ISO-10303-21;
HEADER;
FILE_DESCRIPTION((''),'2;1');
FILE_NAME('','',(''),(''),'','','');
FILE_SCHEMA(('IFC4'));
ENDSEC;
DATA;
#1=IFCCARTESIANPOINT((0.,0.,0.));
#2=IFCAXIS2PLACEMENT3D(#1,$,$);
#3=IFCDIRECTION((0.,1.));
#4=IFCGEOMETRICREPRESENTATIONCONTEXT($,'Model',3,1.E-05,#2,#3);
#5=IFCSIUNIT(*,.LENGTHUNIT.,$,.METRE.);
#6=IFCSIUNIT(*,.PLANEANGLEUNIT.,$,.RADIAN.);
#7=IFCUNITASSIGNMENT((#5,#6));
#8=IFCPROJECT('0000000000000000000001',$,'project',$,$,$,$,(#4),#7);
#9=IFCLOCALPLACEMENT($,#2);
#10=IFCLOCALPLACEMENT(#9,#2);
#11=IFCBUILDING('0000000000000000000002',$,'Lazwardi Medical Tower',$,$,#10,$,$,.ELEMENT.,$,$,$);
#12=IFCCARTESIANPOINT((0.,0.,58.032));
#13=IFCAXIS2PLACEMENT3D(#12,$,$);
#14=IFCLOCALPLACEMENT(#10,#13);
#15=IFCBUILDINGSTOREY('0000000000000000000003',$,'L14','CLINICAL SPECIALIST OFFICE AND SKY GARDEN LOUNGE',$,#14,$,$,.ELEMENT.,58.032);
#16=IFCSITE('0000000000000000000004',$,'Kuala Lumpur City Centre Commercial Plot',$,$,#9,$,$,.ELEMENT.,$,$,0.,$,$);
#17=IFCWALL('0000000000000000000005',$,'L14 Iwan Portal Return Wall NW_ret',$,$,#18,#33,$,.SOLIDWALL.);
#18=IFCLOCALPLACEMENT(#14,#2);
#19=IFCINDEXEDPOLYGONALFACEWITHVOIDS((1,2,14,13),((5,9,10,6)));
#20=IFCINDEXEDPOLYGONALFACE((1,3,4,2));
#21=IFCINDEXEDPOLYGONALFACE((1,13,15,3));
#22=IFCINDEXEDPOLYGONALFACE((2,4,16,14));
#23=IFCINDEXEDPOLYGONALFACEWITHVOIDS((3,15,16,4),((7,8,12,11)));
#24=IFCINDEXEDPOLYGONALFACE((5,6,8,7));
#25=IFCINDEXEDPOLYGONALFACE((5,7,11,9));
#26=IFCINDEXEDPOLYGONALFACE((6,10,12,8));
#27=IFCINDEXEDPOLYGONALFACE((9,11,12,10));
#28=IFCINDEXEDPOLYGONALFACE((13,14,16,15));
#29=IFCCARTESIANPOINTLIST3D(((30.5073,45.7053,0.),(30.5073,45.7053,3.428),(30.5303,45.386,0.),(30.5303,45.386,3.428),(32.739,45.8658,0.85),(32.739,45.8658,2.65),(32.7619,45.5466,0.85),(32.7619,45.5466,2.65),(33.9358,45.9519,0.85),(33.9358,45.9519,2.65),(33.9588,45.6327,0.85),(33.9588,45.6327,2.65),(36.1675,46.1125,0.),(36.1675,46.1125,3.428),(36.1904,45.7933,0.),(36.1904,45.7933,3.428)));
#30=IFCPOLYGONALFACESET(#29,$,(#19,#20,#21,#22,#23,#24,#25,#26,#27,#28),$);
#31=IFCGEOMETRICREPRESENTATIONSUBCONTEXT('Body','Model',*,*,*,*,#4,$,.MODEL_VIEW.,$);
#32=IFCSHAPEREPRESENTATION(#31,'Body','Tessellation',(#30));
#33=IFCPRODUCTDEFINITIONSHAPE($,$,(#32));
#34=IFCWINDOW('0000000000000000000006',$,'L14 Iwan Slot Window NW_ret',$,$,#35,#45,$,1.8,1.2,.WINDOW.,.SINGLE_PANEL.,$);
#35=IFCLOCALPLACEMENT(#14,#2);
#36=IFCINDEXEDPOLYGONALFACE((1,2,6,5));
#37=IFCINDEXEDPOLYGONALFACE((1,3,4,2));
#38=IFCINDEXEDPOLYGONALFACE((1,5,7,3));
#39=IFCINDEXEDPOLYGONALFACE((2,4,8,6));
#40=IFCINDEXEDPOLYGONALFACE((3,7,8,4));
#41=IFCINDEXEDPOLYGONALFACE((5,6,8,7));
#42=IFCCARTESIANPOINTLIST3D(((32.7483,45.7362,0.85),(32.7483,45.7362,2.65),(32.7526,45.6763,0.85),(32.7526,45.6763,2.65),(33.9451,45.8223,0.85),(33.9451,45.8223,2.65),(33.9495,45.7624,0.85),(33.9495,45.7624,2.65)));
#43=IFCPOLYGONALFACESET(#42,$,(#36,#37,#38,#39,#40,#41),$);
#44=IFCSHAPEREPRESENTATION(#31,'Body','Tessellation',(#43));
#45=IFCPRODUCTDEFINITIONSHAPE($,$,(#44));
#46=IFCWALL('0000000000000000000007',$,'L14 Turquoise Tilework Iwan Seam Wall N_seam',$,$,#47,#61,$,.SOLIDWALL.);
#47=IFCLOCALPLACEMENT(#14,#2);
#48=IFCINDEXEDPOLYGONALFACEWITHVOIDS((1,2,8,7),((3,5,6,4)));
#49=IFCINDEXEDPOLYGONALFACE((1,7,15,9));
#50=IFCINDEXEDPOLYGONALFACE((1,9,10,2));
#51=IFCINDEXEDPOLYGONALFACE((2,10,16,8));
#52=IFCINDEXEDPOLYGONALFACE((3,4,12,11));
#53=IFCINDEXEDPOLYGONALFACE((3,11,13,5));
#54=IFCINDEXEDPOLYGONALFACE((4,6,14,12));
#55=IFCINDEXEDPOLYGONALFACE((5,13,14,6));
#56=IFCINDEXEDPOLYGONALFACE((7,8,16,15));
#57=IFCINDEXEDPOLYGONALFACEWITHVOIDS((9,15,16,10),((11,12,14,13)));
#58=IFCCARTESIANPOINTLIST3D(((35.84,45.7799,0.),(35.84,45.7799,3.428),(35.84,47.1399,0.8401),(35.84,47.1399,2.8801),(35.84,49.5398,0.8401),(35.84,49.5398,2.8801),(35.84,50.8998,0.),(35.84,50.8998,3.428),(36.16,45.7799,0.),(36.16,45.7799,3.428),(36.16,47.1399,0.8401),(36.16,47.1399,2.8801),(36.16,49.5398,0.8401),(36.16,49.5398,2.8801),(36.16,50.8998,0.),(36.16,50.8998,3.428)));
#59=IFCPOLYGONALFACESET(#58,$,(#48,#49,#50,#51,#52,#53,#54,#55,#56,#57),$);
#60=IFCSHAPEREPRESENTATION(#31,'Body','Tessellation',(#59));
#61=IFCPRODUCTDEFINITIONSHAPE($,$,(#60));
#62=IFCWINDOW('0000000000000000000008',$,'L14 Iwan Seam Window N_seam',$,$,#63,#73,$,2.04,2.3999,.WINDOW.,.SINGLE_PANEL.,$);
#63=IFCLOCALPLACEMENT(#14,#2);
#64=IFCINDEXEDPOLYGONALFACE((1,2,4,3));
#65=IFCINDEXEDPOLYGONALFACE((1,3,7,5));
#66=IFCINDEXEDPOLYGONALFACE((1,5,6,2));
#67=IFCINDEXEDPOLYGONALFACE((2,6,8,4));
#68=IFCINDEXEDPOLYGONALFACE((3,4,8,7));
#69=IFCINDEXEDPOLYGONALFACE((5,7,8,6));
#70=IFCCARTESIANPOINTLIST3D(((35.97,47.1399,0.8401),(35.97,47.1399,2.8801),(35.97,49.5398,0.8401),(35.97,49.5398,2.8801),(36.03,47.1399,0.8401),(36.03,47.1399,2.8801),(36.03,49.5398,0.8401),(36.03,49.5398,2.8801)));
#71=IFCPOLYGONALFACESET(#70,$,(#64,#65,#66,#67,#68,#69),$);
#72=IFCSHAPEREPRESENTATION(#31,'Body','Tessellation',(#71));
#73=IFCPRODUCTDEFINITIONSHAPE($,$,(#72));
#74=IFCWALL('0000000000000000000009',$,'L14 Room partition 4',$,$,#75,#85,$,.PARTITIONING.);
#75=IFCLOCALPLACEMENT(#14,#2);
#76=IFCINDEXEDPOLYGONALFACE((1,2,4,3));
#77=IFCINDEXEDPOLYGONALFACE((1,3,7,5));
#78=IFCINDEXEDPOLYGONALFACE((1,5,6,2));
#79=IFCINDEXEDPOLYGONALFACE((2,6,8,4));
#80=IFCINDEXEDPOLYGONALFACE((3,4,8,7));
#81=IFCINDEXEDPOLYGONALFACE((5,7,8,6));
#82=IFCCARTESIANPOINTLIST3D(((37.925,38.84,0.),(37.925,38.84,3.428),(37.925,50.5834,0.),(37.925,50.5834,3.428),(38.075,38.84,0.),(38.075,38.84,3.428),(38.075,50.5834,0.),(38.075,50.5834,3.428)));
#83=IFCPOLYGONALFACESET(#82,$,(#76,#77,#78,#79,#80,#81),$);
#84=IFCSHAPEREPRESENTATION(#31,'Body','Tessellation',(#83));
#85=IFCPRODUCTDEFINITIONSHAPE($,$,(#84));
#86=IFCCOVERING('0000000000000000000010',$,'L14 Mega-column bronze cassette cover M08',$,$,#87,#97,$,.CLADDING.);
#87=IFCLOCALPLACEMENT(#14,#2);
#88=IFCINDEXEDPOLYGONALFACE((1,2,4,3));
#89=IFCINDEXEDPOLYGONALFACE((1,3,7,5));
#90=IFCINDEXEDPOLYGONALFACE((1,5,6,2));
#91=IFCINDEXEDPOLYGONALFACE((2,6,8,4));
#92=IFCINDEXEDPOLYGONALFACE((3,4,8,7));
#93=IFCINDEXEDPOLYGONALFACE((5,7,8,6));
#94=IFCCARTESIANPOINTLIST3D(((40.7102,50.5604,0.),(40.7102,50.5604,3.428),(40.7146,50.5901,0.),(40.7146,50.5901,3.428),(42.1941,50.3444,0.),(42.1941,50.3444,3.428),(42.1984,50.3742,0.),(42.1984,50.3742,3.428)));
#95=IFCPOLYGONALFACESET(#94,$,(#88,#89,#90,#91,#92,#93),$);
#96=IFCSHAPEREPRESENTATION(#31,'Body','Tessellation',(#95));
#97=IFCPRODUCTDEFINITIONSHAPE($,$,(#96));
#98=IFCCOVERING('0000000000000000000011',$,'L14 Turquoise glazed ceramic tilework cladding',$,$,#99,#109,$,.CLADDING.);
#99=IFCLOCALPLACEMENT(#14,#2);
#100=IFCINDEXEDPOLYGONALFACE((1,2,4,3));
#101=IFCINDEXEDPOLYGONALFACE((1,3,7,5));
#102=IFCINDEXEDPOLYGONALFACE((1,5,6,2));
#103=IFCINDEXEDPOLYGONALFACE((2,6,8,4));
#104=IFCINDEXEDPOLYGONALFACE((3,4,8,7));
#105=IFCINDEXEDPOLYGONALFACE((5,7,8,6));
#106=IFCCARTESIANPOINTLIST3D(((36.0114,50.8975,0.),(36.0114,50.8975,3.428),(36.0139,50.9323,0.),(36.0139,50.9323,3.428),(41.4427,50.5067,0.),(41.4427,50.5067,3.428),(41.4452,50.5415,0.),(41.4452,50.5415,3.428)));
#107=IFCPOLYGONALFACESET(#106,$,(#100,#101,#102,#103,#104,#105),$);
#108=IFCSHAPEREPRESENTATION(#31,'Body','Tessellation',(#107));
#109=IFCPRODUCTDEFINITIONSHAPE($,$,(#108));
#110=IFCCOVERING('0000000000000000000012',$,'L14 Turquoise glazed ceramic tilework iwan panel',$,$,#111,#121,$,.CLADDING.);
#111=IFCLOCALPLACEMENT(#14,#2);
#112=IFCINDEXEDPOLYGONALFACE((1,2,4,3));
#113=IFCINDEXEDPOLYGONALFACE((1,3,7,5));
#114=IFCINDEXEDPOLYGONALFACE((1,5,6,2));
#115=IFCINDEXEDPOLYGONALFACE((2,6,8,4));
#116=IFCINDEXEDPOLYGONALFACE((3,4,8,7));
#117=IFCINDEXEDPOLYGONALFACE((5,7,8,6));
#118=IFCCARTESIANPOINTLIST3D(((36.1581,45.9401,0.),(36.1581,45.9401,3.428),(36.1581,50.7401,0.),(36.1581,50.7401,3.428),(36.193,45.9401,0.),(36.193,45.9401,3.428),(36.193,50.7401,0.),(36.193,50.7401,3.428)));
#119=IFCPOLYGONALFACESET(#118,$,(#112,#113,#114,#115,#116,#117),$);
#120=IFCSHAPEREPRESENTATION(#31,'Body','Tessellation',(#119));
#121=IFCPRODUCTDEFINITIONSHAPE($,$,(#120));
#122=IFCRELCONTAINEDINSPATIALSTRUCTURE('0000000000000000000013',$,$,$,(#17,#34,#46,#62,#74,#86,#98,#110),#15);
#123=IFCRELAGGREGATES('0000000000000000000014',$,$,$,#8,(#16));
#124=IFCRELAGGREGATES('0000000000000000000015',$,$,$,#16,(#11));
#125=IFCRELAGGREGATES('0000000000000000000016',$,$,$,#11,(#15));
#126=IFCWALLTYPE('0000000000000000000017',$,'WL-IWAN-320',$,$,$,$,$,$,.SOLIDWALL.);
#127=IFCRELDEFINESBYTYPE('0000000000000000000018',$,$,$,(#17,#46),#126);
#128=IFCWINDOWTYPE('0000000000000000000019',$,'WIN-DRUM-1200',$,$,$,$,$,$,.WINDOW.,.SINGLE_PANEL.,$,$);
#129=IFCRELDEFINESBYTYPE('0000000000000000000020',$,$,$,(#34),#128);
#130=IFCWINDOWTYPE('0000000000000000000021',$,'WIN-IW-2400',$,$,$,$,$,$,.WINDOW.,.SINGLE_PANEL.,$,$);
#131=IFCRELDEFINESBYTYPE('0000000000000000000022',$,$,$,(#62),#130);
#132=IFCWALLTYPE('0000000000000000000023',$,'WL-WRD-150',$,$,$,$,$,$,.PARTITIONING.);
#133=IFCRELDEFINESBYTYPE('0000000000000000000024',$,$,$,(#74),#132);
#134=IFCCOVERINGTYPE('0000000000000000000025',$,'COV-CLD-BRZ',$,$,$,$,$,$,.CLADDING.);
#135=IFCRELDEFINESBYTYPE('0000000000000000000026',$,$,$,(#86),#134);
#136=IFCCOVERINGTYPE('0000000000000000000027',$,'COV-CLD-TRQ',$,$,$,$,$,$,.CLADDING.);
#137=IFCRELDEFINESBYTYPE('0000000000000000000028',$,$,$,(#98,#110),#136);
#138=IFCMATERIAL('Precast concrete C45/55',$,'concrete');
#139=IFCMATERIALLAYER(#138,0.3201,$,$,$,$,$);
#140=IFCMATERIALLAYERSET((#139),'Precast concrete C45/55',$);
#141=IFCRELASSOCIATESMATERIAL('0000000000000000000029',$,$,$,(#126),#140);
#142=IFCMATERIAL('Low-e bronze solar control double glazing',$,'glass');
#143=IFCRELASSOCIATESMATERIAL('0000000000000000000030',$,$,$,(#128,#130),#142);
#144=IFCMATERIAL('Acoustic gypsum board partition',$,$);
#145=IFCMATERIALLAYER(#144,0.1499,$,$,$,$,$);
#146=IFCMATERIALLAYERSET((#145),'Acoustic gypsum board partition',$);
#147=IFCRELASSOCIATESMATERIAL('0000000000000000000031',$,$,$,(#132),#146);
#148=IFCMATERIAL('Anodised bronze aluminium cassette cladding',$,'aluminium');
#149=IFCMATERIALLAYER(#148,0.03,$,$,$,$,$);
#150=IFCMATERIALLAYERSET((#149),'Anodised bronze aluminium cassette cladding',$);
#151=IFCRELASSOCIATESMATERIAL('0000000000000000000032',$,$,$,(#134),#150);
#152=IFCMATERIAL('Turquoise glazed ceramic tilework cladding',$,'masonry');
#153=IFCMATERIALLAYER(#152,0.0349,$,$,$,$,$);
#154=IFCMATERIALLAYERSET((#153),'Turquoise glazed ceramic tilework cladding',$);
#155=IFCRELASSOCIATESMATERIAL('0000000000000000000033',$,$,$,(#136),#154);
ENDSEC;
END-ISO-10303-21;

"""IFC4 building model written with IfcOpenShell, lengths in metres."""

from ifc_helpers import new_model, si_unit, direction, frame, frame_2d, origin, origin_2d, place, context, subcontext, project, spatial, rectangle, extrude, material, layer, layer_set, type_object, element, fill, save


model = new_model("IFC4")

# Units and contexts
model_context = context("Model", 3, precision=1e-05, world=origin(), true_north=direction((0.0, 1.0)))
body_context = subcontext(model_context, "Body", "Model", "MODEL_VIEW")
ifc_project = project(units=[si_unit("LENGTHUNIT", "METRE"), si_unit("PLANEANGLEUNIT", "RADIAN")], contexts=[model_context])

# Site, building, storey
site_placement = place(None, origin())
site = spatial("IfcSite", under=ifc_project, at=site_placement, Name="Kuala Lumpur City Centre Commercial Plot", CompositionType="ELEMENT", RefElevation=0.0)
building_placement = place(site_placement, origin())
building = spatial("IfcBuilding", under=site, at=building_placement, Name="Lazwardi Medical Tower", CompositionType="ELEMENT")
storey_placement = place(building_placement, frame((0.0, 0.0, 58.032)))
storey = spatial("IfcBuildingStorey", under=building, at=storey_placement, Name="L14", Description="CLINICAL SPECIALIST OFFICE AND SKY GARDEN LOUNGE", CompositionType="ELEMENT", Elevation=58.032)

# Shared definitions
ifc_material_1 = material(Name="Low-e bronze solar control double glazing", Category="glass")

# Walls, openings, windows
ifc_material_2 = material(Name="Precast concrete C45/55", Category="concrete")
ifc_layer_1 = layer(ifc_material_2, 0.3201)
ifc_layer_set_1 = layer_set([ifc_layer_1], Name="Precast concrete C45/55")
wall_type_1 = type_object("IfcWallType", Name="WL-IWAN-320", PredefinedType="SOLIDWALL", material=ifc_layer_set_1)
wall_1_placement = place(storey_placement, frame((36.179, 45.9529, 0.0), z_axis=(0.0, 0.0, 1.0), x_axis=(-0.997422, -0.071761, 0.0)))
wall_1 = element("IfcWall", 1, at=wall_1_placement, inside=storey, type_object=wall_type_1, Name="L14 Iwan Portal Return Wall NW_ret", PredefinedType="SOLIDWALL", context=body_context, shape_type="SweptSolid", body=[
    extrude(rectangle(XDim=5.6748, YDim=0.3201, at=frame_2d((2.8374, 0.0))), origin(), (0.0, 0.0, 1.0), 3.428),
])
opening_1_placement = place(wall_1_placement, frame((2.2373, 0.0, 0.8501)))
opening_1 = element("IfcOpeningElement", 2, at=opening_1_placement, cuts=wall_1, PredefinedType="OPENING", context=body_context, shape_type="SweptSolid", body=[
    extrude(rectangle(XDim=1.2, YDim=1.8, at=frame_2d((0.6001, 0.8999))), frame((0.0, 0.1699, 0.0), z_axis=(0.0, -1.0, 0.0), x_axis=(1.0, 0.0, 0.0)), (0.0, 0.0, 1.0), 0.3401),
])
window_type_1 = type_object("IfcWindowType", Name="WIN-DRUM-1200", PartitioningType="SINGLE_PANEL", PredefinedType="WINDOW", material=ifc_material_1)
window_1_placement = place(opening_1_placement, origin())
window_1 = element("IfcWindow", 3, at=window_1_placement, inside=storey, type_object=window_type_1, Name="L14 Iwan Slot Window NW_ret", OverallHeight=1.8, OverallWidth=1.2, PartitioningType="SINGLE_PANEL", PredefinedType="WINDOW", context=body_context, shape_type="SweptSolid", body=[
    extrude(rectangle(XDim=1.2, YDim=1.8, at=frame_2d((0.6001, 0.8999))), frame((0.0, 0.03, 0.0), z_axis=(0.0, -1.0, 0.0), x_axis=(1.0, 0.0, 0.0)), (0.0, 0.0, 1.0), 0.0601),
])
fill(opening_1, window_1)
wall_2_placement = place(storey_placement, frame((36.0, 50.8999, 0.0), z_axis=(0.0, 0.0, 1.0), x_axis=(0.0, -1.0, 0.0)))
wall_2 = element("IfcWall", 4, at=wall_2_placement, inside=storey, type_object=wall_type_1, Name="L14 Turquoise Tilework Iwan Seam Wall N_seam", PredefinedType="SOLIDWALL", context=body_context, shape_type="SweptSolid", body=[
    extrude(rectangle(XDim=5.1199, YDim=0.3201, at=frame_2d((2.5601, 0.0))), origin(), (0.0, 0.0, 1.0), 3.428),
])
opening_2_placement = place(wall_2_placement, frame((1.3601, 0.0, 0.8401)))
opening_2 = element("IfcOpeningElement", 5, at=opening_2_placement, cuts=wall_2, PredefinedType="OPENING", context=body_context, shape_type="SweptSolid", body=[
    extrude(rectangle(XDim=2.3999, YDim=2.04, at=frame_2d((1.2, 1.02))), frame((0.0, 0.1699, 0.0), z_axis=(0.0, -1.0, 0.0), x_axis=(1.0, 0.0, 0.0)), (0.0, 0.0, 1.0), 0.3401),
])
window_type_2 = type_object("IfcWindowType", Name="WIN-IW-2400", PartitioningType="SINGLE_PANEL", PredefinedType="WINDOW", material=ifc_material_1)
window_2_placement = place(opening_2_placement, origin())
window_2 = element("IfcWindow", 6, at=window_2_placement, inside=storey, type_object=window_type_2, Name="L14 Iwan Seam Window N_seam", OverallHeight=2.04, OverallWidth=2.3999, PartitioningType="SINGLE_PANEL", PredefinedType="WINDOW", context=body_context, shape_type="SweptSolid", body=[
    extrude(rectangle(XDim=2.3999, YDim=2.04, at=frame_2d((1.2, 1.02))), frame((0.0, 0.03, 0.0), z_axis=(0.0, -1.0, 0.0), x_axis=(1.0, 0.0, 0.0)), (0.0, 0.0, 1.0), 0.0601),
])
fill(opening_2, window_2)

# Wall
ifc_material_3 = material(Name="Acoustic gypsum board partition")
ifc_layer_2 = layer(ifc_material_3, 0.1499)
ifc_layer_set_2 = layer_set([ifc_layer_2], Name="Acoustic gypsum board partition")
wall_type_2 = type_object("IfcWallType", Name="WL-WRD-150", PredefinedType="PARTITIONING", material=ifc_layer_set_2)
wall_3_placement = place(storey_placement, frame((38.0, 38.8401, 0.0), z_axis=(0.0, 0.0, 1.0), x_axis=(0.0, 1.0, 0.0)))
element("IfcWall", 7, at=wall_3_placement, inside=storey, type_object=wall_type_2, Name="L14 Room partition 4", PredefinedType="PARTITIONING", context=body_context, shape_type="SweptSolid", body=[
    extrude(rectangle(XDim=11.7434, YDim=0.1499, at=frame_2d((5.8716, 0.0))), origin(), (0.0, 0.0, 1.0), 3.428),
])

# Coverings
ifc_material_4 = material(Name="Anodised bronze aluminium cassette cladding", Category="aluminium")
ifc_layer_3 = layer(ifc_material_4, 0.03)
ifc_layer_set_3 = layer_set([ifc_layer_3], Name="Anodised bronze aluminium cassette cladding")
covering_type_1 = type_object("IfcCoveringType", Name="COV-CLD-BRZ", PredefinedType="CLADDING", material=ifc_layer_set_3)
covering_1_placement = place(storey_placement, frame((41.4543, 50.4673, 0.0), z_axis=(0.0, 0.0, 1.0), x_axis=(-0.989573, 0.144035, 0.0)))
element("IfcCovering", 8, at=covering_1_placement, inside=storey, type_object=covering_type_1, Name="L14 Mega-column bronze cassette cover M08", PredefinedType="CLADDING", context=body_context, shape_type="SweptSolid", body=[
    extrude(rectangle(XDim=1.4995, YDim=0.03, at=origin_2d()), origin(), (0.0, 0.0, 1.0), 3.428),
])
ifc_material_5 = material(Name="Turquoise glazed ceramic tilework cladding", Category="masonry")
ifc_layer_4 = layer(ifc_material_5, 0.0349)
ifc_layer_set_4 = layer_set([ifc_layer_4], Name="Turquoise glazed ceramic tilework cladding")
covering_type_2 = type_object("IfcCoveringType", Name="COV-CLD-TRQ", PredefinedType="CLADDING", material=ifc_layer_set_4)
covering_2_placement = place(storey_placement, frame((38.7283, 50.7195, 0.0), z_axis=(0.0, 0.0, 1.0), x_axis=(-0.997421, 0.071767, 0.0)))
element("IfcCovering", 9, at=covering_2_placement, inside=storey, type_object=covering_type_2, Name="L14 Turquoise glazed ceramic tilework cladding", PredefinedType="CLADDING", context=body_context, shape_type="SweptSolid", body=[
    extrude(rectangle(XDim=5.4453, YDim=0.0349, at=origin_2d()), origin(), (0.0, 0.0, 1.0), 3.428),
])
covering_3_placement = place(storey_placement, frame((36.1755, 48.3401, 0.0), z_axis=(0.0, 0.0, 1.0), x_axis=(0.0, -1.0, 0.0)))
element("IfcCovering", 10, at=covering_3_placement, inside=storey, type_object=covering_type_2, Name="L14 Turquoise glazed ceramic tilework iwan panel", PredefinedType="CLADDING", context=body_context, shape_type="SweptSolid", body=[
    extrude(rectangle(XDim=4.8, YDim=0.0349, at=origin_2d()), origin(), (0.0, 0.0, 1.0), 3.428),
])

save(model, "model.ifc")
